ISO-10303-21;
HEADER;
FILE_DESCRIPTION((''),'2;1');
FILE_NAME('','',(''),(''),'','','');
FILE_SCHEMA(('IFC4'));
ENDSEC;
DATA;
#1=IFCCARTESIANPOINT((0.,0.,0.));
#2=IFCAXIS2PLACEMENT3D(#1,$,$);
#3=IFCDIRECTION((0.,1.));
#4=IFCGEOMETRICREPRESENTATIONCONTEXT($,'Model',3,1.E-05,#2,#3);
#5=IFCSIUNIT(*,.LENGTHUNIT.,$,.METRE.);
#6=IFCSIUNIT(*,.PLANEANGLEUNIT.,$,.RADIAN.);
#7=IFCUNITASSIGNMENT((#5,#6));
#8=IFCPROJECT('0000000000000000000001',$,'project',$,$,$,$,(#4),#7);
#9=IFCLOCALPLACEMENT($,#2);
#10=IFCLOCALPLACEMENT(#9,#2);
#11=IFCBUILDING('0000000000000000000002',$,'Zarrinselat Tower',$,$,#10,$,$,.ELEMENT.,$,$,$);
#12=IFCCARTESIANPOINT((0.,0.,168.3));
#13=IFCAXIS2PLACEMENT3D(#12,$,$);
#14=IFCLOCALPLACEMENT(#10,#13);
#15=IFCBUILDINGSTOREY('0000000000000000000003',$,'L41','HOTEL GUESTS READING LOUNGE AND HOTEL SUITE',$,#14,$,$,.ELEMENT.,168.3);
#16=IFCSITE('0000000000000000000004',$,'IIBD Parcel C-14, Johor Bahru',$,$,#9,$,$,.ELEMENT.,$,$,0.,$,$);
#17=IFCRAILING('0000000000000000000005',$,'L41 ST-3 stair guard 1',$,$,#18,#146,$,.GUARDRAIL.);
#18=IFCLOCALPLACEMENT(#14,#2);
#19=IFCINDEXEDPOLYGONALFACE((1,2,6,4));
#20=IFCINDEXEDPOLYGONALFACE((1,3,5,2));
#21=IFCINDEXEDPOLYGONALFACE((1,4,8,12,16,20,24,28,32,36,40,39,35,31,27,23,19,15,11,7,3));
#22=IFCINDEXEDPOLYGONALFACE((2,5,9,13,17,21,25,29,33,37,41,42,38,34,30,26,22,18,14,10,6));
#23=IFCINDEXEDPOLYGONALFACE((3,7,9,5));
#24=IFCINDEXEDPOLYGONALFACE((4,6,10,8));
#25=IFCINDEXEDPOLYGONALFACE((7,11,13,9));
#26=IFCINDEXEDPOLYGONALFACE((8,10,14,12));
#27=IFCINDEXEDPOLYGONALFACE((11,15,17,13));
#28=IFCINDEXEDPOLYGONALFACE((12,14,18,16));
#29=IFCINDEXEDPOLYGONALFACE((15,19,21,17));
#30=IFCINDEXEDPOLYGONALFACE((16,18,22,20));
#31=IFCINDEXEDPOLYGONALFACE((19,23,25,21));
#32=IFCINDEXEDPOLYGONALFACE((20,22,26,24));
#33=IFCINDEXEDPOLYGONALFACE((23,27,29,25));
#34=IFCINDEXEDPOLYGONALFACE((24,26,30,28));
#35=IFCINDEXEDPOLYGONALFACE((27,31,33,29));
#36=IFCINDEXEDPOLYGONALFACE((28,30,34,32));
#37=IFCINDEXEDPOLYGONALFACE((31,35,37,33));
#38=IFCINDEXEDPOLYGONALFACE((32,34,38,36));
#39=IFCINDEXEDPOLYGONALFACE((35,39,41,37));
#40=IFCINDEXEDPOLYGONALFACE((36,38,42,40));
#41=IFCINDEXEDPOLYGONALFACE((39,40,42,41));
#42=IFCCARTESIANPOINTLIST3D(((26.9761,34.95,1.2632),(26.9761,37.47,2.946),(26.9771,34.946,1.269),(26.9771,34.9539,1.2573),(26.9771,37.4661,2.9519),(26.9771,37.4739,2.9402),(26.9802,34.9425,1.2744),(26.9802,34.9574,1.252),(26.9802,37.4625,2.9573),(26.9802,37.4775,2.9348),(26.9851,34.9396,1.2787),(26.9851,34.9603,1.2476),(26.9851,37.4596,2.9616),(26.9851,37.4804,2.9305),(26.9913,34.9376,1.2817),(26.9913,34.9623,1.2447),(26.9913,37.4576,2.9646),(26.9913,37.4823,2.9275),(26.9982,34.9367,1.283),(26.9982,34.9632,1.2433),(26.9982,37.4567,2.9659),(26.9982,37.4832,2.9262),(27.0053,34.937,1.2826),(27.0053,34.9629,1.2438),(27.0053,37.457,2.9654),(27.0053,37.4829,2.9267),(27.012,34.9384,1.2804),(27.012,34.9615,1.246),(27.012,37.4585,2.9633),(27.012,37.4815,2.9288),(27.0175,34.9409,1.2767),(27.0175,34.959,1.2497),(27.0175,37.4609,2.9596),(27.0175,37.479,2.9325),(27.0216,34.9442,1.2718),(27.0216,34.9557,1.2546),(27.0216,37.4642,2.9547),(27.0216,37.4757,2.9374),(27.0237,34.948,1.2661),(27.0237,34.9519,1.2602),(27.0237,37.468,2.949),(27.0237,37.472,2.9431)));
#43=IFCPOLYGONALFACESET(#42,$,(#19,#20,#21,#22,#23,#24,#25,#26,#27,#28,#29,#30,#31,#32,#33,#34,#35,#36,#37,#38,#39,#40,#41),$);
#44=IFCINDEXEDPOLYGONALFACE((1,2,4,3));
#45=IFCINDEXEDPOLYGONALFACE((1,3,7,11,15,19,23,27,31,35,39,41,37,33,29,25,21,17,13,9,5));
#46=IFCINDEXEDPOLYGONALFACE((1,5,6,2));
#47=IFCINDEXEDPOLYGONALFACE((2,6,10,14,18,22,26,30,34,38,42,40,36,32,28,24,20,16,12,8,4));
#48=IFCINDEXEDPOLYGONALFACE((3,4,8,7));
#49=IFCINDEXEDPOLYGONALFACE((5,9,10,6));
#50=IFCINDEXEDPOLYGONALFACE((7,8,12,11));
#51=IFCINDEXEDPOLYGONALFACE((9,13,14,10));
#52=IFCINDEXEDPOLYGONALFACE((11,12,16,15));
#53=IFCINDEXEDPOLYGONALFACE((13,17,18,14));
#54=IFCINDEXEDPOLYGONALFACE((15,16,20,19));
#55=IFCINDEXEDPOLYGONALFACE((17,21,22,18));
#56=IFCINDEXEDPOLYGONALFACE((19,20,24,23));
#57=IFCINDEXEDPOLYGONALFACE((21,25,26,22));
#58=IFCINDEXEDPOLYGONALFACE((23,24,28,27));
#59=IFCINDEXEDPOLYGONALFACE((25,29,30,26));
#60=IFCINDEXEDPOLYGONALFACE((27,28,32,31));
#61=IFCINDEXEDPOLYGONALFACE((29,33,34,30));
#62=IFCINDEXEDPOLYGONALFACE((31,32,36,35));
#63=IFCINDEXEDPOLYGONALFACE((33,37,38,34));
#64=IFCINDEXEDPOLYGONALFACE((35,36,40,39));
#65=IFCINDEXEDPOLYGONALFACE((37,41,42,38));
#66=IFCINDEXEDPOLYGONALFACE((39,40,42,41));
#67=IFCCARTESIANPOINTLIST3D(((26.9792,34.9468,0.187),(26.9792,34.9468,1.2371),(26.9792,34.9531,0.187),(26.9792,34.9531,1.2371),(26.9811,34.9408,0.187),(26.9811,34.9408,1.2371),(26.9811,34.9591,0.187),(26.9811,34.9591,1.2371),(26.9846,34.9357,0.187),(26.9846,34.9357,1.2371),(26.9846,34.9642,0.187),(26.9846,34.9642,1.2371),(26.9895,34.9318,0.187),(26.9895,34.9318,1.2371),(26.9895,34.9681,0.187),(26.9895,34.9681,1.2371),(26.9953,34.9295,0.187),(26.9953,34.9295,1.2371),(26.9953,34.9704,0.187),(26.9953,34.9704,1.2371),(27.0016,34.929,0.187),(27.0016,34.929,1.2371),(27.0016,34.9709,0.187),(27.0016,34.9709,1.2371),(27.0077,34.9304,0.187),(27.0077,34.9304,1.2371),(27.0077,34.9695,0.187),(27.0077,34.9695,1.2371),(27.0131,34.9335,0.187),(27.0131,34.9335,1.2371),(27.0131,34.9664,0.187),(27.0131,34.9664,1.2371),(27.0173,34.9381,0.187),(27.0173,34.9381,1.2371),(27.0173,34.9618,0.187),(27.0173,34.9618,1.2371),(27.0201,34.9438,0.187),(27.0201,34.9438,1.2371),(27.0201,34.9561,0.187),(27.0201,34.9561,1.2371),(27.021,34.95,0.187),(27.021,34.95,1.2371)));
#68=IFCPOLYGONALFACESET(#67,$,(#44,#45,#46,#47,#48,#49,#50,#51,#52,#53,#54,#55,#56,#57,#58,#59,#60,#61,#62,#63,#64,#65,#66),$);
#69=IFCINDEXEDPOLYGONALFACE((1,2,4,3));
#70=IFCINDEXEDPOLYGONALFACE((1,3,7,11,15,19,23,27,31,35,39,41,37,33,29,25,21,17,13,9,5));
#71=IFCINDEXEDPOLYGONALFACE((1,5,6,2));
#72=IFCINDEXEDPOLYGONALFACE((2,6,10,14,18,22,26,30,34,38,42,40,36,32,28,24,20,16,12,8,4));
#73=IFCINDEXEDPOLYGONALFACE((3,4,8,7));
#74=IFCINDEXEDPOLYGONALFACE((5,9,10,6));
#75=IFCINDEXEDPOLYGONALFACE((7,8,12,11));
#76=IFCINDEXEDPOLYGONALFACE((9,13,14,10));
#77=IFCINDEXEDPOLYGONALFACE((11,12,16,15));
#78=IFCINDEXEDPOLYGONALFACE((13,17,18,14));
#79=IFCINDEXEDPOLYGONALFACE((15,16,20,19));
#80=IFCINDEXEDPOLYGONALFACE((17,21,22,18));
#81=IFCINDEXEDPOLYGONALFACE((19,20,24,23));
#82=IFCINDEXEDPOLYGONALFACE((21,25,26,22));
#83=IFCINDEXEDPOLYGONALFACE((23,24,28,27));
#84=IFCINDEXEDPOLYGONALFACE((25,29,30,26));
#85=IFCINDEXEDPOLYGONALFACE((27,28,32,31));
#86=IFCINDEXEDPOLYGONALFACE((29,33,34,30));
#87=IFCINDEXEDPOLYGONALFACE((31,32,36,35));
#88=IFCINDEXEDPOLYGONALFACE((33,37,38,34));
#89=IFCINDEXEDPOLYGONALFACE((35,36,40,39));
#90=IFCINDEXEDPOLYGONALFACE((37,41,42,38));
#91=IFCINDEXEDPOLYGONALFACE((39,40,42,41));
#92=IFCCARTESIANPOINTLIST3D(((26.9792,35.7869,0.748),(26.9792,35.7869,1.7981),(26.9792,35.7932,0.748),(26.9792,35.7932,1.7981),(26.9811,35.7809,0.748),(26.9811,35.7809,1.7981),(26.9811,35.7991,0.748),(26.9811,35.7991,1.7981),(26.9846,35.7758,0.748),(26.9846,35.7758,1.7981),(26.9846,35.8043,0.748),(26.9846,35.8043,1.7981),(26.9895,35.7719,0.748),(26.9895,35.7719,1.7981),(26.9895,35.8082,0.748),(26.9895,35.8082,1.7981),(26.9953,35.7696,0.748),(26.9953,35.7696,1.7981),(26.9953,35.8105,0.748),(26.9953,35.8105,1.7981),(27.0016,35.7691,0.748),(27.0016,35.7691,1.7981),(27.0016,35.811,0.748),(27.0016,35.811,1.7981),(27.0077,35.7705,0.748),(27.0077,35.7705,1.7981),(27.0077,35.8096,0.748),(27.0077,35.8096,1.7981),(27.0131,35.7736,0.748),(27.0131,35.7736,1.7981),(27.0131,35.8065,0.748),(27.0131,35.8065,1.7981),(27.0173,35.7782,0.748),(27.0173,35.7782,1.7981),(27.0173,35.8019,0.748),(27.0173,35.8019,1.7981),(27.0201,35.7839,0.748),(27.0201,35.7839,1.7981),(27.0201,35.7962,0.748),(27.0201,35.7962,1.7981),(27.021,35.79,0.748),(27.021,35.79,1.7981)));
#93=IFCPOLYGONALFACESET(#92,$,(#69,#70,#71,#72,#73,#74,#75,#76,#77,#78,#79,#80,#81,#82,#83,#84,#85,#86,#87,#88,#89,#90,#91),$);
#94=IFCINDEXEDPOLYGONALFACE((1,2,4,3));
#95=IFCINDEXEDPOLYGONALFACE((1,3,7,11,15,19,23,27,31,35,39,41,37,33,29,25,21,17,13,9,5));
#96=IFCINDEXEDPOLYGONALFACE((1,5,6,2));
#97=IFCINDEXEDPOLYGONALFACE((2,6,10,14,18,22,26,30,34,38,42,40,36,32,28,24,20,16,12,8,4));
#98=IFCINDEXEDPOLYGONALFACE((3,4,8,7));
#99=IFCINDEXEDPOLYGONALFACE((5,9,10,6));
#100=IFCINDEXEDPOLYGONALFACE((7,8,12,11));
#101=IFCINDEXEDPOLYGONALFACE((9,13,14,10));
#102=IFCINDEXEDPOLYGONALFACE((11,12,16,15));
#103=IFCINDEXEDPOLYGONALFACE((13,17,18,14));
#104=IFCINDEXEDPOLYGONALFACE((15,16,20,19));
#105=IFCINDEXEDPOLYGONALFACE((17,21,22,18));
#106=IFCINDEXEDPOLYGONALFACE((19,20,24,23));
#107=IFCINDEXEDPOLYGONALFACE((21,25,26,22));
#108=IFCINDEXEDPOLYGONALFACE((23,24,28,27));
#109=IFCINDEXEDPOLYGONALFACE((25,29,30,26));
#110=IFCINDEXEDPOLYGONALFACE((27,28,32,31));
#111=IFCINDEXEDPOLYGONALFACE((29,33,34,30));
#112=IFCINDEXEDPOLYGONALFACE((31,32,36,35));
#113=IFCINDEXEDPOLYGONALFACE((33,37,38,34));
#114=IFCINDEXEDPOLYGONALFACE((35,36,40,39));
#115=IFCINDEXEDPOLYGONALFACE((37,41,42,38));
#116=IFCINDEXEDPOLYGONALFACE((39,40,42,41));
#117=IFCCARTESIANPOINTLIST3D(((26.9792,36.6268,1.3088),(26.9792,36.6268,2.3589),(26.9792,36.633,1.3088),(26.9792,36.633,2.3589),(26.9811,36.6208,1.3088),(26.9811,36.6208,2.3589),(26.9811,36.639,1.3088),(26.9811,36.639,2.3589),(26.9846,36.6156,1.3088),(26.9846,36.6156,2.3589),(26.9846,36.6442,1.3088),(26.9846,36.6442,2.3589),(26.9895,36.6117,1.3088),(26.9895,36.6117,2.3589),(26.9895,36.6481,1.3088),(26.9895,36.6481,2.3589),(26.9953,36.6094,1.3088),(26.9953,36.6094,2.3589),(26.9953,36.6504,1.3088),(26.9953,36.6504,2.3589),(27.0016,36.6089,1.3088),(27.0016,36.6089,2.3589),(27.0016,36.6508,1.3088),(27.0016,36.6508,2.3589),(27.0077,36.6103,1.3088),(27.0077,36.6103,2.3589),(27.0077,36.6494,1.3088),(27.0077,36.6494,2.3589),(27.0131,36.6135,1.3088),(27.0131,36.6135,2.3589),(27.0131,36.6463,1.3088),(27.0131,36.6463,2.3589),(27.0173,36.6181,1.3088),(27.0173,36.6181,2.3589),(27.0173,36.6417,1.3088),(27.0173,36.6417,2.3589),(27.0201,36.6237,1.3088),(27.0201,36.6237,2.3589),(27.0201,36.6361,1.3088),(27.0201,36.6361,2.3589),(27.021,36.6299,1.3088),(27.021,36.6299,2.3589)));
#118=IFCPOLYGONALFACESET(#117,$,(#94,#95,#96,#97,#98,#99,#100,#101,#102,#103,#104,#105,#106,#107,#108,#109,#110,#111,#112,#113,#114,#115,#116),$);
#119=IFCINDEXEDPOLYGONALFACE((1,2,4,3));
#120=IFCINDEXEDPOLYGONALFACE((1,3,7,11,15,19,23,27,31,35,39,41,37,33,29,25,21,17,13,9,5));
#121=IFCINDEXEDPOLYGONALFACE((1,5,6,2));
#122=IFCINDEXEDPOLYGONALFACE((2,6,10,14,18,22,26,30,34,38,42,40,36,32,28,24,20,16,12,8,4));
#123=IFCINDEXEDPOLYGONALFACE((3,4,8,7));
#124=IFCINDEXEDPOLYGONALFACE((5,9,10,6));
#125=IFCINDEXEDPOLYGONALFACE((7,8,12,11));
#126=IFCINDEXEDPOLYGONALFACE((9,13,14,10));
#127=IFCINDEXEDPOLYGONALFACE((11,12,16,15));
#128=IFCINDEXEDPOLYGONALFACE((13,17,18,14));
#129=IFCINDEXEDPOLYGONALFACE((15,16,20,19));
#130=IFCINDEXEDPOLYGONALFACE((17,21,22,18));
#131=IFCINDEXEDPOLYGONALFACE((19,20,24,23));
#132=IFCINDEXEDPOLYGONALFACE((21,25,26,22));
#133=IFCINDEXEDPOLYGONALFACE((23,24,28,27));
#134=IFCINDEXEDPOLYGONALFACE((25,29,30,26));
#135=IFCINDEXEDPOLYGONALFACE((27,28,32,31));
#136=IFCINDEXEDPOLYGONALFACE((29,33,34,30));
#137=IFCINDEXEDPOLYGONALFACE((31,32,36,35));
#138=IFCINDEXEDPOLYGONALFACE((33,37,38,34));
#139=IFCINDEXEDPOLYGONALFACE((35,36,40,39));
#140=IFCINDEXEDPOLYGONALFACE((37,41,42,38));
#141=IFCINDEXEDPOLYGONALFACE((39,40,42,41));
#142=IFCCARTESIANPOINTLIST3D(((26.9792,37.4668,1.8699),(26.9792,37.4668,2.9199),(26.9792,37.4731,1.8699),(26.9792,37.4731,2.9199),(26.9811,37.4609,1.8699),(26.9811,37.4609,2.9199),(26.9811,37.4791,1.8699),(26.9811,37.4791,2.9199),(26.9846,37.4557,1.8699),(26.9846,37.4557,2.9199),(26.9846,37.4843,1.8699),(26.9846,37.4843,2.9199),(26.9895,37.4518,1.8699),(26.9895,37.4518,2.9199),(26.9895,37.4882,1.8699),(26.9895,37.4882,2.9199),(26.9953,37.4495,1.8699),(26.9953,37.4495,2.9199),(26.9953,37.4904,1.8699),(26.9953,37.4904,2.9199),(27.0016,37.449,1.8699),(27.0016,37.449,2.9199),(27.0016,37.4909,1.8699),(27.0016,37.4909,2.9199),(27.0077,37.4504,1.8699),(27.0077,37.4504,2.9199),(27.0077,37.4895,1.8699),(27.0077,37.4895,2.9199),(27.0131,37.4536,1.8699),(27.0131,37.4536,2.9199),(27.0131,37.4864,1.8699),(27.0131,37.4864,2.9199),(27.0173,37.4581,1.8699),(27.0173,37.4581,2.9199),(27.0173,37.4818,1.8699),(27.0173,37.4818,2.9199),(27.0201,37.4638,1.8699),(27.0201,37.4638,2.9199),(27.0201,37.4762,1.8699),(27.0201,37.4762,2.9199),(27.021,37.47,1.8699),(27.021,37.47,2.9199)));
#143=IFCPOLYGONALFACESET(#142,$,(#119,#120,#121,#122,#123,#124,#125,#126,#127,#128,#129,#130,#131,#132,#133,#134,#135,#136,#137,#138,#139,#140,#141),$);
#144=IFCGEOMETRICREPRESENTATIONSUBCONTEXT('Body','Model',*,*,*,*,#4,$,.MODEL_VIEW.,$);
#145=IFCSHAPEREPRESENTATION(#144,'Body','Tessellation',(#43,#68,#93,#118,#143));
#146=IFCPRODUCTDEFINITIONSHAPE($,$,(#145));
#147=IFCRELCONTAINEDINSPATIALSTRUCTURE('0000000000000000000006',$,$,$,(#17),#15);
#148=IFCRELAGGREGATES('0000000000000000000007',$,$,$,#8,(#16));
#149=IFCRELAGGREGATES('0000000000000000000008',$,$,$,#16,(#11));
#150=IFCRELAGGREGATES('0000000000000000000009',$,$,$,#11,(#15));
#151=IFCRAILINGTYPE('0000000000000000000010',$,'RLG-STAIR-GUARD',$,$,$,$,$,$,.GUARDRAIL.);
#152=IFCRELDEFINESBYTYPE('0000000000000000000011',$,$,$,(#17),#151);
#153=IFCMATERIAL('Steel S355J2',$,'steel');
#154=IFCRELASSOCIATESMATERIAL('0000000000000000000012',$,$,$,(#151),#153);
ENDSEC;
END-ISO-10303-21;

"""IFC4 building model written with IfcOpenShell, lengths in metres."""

from ifc_helpers import new_model, si_unit, direction, frame, origin, origin_2d, place, context, subcontext, project, spatial, circle, extrude, material, type_object, element, save


model = new_model("IFC4")

# Units and contexts
model_context = context("Model", 3, precision=1e-05, world=origin(), true_north=direction((0.0, 1.0)))
body_context = subcontext(model_context, "Body", "Model", "MODEL_VIEW")
ifc_project = project(units=[si_unit("LENGTHUNIT", "METRE"), si_unit("PLANEANGLEUNIT", "RADIAN")], contexts=[model_context])

# Site, building, storey
site_placement = place(None, origin())
site = spatial("IfcSite", under=ifc_project, at=site_placement, Name="IIBD Parcel C-14, Johor Bahru", CompositionType="ELEMENT", RefElevation=0.0)
building_placement = place(site_placement, origin())
building = spatial("IfcBuilding", under=site, at=building_placement, Name="Zarrinselat Tower", CompositionType="ELEMENT")
storey_placement = place(building_placement, frame((0.0, 0.0, 168.3)))
storey = spatial("IfcBuildingStorey", under=building, at=storey_placement, Name="L41", Description="HOTEL GUESTS READING LOUNGE AND HOTEL SUITE", CompositionType="ELEMENT", Elevation=168.3)

# Railing
ifc_material_1 = material(Name="Steel S355J2", Category="steel")
railing_type = type_object("IfcRailingType", Name="RLG-STAIR-GUARD", PredefinedType="GUARDRAIL", material=ifc_material_1)
railing_1_placement = place(storey_placement, frame((27.0, 34.95, 0.187)))
element("IfcRailing", 1, at=railing_1_placement, inside=storey, type_object=railing_type, Name="L41 ST-3 stair guard 1", PredefinedType="GUARDRAIL", context=body_context, shape_type="SweptSolid", body=[
    extrude(circle(Radius=0.0239, at=origin_2d()), frame((0.0, 0.0, 1.0762), z_axis=(0.0, 0.831616, 0.555351), x_axis=(-1.0, 0.0, 0.0)), (0.0, 0.0, 1.0), 3.0303),
    extrude(circle(Radius=0.021, at=origin_2d()), origin(), (0.0, 0.0, 1.0), 1.05),
    extrude(circle(Radius=0.021, at=origin_2d()), frame((0.0, 0.8401, 0.561)), (0.0, 0.0, 1.0), 1.05),
    extrude(circle(Radius=0.021, at=origin_2d()), frame((0.0, 1.6799, 1.1218)), (0.0, 0.0, 1.0), 1.05),
    extrude(circle(Radius=0.021, at=origin_2d()), frame((0.0, 2.52, 1.6829)), (0.0, 0.0, 1.0), 1.05),
])

save(model, "model.ifc")
